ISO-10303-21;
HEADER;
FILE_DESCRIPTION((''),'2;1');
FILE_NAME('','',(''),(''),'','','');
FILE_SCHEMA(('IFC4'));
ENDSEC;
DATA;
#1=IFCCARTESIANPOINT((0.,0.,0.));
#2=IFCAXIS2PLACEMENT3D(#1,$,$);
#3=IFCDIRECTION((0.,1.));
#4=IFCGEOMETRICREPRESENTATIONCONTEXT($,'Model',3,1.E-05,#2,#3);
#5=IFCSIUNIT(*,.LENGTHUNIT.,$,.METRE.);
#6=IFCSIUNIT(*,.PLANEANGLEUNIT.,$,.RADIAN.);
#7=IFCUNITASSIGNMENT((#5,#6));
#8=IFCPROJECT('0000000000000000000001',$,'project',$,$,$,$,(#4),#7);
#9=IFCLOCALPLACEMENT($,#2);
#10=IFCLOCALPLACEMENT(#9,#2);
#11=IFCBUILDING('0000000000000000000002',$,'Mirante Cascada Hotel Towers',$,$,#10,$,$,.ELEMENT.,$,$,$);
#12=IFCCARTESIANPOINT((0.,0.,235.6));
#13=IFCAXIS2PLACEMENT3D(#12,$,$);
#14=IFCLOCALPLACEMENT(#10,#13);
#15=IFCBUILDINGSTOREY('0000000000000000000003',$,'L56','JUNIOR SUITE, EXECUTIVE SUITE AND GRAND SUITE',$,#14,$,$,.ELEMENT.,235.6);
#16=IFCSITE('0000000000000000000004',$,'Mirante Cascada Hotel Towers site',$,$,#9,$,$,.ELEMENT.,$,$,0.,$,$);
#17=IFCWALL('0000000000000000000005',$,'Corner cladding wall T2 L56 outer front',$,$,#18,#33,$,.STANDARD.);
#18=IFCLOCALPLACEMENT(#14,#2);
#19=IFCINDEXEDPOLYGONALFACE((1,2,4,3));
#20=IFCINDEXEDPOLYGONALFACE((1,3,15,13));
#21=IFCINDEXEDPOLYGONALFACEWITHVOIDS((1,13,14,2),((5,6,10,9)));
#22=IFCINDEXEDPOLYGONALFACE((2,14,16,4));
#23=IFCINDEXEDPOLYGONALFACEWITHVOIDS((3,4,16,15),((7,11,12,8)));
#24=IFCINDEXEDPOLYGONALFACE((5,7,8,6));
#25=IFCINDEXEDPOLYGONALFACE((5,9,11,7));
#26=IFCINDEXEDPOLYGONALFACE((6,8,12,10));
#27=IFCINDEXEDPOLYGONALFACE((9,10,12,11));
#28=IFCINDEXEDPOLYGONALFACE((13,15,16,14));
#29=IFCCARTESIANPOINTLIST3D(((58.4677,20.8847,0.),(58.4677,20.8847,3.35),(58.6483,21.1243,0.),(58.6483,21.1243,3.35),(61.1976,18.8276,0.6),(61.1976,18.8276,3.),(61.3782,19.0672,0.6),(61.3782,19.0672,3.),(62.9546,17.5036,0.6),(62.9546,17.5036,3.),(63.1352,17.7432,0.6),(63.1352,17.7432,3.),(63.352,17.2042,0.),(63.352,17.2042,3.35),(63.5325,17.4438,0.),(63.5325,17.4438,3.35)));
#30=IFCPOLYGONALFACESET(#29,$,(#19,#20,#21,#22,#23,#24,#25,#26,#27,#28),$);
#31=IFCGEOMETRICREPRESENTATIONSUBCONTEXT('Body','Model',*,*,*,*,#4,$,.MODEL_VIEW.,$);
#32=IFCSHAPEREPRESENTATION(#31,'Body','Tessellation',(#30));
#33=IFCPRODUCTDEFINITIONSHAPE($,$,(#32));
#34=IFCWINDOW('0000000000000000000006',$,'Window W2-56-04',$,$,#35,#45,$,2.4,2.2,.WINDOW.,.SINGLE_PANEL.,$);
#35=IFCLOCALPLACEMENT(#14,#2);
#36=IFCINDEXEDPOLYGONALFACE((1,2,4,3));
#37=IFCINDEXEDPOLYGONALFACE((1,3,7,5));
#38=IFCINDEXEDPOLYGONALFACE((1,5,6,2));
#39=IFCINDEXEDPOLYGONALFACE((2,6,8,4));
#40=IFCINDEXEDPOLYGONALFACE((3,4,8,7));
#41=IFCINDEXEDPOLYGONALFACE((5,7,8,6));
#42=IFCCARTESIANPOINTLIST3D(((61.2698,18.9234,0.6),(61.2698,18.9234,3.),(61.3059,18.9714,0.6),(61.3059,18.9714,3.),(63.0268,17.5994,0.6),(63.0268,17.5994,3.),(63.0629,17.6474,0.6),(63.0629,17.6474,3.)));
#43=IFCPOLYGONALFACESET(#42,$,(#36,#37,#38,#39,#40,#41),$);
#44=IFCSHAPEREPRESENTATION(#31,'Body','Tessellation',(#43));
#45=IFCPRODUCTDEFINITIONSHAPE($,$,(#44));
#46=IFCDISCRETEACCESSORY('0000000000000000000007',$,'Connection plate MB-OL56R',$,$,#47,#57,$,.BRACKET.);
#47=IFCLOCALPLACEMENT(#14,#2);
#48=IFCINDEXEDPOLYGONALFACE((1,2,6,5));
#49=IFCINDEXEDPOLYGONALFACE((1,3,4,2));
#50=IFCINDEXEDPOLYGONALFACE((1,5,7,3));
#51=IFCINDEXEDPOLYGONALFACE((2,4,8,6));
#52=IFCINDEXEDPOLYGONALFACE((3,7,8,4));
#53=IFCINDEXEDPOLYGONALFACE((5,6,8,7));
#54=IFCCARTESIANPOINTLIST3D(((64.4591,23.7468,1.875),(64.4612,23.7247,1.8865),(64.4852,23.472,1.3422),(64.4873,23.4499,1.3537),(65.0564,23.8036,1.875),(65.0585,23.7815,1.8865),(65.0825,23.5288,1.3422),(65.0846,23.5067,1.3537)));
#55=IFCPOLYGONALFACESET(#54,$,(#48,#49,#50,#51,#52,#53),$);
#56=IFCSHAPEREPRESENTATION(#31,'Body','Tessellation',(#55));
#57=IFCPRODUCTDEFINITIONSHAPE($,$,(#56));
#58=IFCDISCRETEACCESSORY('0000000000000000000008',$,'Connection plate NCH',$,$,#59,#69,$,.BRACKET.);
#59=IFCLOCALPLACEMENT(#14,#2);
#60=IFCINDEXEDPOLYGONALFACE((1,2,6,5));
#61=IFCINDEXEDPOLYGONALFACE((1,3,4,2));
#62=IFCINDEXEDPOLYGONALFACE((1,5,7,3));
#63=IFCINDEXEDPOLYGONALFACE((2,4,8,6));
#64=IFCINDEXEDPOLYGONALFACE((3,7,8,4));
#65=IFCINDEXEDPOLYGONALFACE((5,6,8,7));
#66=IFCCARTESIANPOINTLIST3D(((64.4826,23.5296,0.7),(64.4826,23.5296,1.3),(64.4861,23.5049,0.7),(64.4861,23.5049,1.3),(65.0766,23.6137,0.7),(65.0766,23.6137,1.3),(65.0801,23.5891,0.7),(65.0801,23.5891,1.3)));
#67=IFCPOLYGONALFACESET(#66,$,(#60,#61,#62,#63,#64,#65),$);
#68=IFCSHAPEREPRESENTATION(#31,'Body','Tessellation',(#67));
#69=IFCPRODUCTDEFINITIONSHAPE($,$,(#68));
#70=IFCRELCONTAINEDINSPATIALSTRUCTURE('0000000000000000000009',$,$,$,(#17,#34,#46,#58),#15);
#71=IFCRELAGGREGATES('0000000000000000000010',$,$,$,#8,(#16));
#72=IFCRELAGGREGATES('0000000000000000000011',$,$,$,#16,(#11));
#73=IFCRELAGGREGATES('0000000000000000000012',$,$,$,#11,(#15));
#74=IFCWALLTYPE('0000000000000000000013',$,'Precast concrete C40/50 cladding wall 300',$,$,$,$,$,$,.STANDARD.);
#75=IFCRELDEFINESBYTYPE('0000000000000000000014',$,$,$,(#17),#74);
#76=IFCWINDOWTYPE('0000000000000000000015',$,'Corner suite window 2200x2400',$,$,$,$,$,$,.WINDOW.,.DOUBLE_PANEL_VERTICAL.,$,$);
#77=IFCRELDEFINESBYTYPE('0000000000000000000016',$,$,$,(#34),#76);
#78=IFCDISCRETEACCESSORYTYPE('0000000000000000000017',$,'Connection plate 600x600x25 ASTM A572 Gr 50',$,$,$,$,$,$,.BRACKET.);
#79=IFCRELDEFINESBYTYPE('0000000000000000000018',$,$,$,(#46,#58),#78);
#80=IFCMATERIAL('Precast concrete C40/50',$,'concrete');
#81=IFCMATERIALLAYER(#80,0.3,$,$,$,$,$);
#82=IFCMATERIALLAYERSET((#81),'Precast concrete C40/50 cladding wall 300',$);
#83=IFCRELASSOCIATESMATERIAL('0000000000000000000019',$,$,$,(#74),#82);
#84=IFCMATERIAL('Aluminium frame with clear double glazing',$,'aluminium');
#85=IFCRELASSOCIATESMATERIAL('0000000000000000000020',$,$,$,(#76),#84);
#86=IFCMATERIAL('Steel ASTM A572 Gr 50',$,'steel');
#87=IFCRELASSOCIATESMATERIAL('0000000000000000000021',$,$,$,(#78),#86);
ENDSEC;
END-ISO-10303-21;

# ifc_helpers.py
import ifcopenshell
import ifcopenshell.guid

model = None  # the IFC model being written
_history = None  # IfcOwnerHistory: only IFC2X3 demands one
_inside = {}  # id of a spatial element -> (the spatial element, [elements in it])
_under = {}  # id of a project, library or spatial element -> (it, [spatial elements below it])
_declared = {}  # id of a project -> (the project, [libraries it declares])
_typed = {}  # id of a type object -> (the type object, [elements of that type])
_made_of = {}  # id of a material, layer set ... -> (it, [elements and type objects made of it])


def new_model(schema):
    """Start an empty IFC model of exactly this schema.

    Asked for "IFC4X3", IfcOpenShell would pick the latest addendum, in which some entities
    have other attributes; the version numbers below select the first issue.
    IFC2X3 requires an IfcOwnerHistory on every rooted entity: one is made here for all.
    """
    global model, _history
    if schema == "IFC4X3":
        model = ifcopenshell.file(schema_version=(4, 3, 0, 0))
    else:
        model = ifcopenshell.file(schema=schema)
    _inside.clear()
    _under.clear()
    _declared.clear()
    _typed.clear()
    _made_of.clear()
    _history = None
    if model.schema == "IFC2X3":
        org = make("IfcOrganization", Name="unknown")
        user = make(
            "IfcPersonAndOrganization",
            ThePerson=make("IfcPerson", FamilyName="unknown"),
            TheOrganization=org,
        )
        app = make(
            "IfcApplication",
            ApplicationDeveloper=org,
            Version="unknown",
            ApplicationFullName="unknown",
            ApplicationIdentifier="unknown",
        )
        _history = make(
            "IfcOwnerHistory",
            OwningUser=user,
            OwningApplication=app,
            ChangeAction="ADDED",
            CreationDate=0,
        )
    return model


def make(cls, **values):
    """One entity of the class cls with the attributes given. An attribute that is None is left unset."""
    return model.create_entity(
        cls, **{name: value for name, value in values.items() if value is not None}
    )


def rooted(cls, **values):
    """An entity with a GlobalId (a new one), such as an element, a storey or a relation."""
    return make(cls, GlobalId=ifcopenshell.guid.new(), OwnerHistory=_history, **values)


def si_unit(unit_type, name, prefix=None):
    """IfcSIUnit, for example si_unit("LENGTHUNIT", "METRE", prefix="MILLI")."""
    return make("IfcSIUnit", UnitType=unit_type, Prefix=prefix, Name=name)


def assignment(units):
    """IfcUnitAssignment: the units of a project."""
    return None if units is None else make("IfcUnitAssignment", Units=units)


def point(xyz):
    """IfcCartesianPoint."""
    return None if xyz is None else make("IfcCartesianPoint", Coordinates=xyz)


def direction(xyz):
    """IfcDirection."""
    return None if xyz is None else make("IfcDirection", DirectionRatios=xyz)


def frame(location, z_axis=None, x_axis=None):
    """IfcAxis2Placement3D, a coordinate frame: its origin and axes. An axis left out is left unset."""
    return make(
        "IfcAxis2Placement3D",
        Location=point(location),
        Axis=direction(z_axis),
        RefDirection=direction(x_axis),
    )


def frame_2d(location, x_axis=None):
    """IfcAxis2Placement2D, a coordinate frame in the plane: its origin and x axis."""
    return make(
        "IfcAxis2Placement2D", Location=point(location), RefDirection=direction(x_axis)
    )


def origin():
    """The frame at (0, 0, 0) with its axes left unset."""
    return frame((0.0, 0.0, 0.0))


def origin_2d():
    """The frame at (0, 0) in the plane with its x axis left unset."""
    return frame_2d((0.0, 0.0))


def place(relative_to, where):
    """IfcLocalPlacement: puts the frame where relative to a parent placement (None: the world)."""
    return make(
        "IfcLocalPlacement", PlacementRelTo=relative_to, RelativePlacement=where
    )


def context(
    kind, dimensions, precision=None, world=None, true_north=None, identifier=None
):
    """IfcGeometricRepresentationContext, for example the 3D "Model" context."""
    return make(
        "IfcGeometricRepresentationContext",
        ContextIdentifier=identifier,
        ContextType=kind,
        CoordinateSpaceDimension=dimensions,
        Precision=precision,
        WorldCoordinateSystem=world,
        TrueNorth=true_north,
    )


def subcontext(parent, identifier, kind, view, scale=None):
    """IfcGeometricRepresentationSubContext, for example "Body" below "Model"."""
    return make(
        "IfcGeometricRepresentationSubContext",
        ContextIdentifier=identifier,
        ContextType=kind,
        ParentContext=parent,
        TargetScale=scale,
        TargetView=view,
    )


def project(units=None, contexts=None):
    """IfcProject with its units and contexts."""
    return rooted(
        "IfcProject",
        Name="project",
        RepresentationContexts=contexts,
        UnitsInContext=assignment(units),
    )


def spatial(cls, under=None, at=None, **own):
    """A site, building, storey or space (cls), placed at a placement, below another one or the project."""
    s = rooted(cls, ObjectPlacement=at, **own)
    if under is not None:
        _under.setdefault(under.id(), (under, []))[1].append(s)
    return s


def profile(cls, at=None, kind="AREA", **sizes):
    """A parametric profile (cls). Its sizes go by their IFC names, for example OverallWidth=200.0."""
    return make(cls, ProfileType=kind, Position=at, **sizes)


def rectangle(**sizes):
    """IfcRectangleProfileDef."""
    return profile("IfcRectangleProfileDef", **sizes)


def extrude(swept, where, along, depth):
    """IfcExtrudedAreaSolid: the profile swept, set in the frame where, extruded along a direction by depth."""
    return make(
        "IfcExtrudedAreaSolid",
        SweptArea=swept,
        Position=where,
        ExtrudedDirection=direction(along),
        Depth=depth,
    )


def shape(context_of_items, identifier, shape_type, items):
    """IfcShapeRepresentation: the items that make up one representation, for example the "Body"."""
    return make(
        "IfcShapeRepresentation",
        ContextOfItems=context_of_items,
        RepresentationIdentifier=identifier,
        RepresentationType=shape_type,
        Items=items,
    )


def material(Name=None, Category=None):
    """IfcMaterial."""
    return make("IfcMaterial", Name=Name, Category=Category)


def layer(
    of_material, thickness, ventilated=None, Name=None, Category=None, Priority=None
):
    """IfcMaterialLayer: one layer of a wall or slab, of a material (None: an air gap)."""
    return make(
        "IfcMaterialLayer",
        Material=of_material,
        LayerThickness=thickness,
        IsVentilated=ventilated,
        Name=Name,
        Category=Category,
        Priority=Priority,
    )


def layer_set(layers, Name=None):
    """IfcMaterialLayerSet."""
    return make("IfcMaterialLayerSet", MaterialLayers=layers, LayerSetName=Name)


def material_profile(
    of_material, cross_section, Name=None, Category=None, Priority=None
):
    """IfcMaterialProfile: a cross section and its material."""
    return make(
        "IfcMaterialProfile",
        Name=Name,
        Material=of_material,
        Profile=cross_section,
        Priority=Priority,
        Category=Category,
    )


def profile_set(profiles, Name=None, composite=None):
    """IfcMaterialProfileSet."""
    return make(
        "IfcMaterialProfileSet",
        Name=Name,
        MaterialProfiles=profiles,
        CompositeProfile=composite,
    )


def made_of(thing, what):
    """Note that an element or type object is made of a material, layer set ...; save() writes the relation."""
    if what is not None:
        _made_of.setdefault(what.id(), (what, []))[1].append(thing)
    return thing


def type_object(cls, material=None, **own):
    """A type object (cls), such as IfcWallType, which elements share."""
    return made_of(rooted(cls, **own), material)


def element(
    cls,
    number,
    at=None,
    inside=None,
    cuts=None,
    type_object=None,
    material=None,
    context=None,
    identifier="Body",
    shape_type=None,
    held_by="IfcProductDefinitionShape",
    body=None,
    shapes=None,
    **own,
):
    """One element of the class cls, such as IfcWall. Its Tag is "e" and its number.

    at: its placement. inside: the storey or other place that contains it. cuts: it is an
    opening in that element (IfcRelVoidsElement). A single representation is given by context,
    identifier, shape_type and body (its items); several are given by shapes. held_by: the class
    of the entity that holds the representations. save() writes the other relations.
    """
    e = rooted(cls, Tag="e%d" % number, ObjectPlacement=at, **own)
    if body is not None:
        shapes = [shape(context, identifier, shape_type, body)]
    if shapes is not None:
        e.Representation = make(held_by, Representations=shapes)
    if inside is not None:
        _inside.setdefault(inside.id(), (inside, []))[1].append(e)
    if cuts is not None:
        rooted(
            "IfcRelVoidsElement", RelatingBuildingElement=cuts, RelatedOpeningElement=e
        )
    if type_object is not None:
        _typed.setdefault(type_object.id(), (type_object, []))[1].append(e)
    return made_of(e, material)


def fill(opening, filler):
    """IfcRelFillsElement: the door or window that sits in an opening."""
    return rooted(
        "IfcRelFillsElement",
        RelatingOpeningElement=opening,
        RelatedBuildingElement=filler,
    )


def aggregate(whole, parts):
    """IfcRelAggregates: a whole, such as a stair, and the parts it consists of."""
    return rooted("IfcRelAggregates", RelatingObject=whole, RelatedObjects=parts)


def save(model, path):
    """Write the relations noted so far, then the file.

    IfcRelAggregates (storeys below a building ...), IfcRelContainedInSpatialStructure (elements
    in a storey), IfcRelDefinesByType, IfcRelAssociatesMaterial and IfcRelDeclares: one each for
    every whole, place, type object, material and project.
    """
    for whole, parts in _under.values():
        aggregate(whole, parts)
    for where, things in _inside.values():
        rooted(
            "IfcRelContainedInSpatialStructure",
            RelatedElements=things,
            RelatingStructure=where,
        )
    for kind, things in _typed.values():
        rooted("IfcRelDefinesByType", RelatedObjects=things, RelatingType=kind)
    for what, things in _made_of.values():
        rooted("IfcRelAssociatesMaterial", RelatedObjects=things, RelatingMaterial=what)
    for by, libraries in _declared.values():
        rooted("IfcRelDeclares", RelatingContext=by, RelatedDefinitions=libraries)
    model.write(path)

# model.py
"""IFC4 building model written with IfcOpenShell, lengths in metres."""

from ifc_helpers import new_model, si_unit, direction, frame, frame_2d, origin, origin_2d, place, context, subcontext, project, spatial, rectangle, extrude, material, layer, layer_set, material_profile, profile_set, type_object, element, fill, save


model = new_model("IFC4")

# Units and contexts
model_context = context("Model", 3, precision=1e-05, world=origin(), true_north=direction((0.0, 1.0)))
body_context = subcontext(model_context, "Body", "Model", "MODEL_VIEW")
ifc_project = project(units=[si_unit("LENGTHUNIT", "METRE"), si_unit("PLANEANGLEUNIT", "RADIAN")], contexts=[model_context])

# Site, building, storey
site_placement = place(None, origin())
site = spatial("IfcSite", under=ifc_project, at=site_placement, Name="Mirante Cascada Hotel Towers site", CompositionType="ELEMENT", RefElevation=0.0)
building_placement = place(site_placement, origin())
building = spatial("IfcBuilding", under=site, at=building_placement, Name="Mirante Cascada Hotel Towers", CompositionType="ELEMENT")
storey_placement = place(building_placement, frame((0.0, 0.0, 235.6)))
storey = spatial("IfcBuildingStorey", under=building, at=storey_placement, Name="L56", Description="JUNIOR SUITE, EXECUTIVE SUITE AND GRAND SUITE", CompositionType="ELEMENT", Elevation=235.6)

# Wall, opening, window
ifc_material_1 = material(Name="Precast concrete C40/50", Category="concrete")
ifc_layer_1 = layer(ifc_material_1, 0.3)
ifc_layer_set_1 = layer_set([ifc_layer_1], Name="Precast concrete C40/50 cladding wall 300")
wall_type_1 = type_object("IfcWallType", Name="Precast concrete C40/50 cladding wall 300", PredefinedType="STANDARD", material=ifc_layer_set_1)
wall_1_placement = place(storey_placement, frame((63.4422, 17.324, 0.0), z_axis=(0.0, 0.0, 1.0), x_axis=(-0.798636, 0.601814, 0.0)))
wall_1 = element("IfcWall", 1, at=wall_1_placement, inside=storey, type_object=wall_type_1, Name="Corner cladding wall T2 L56 outer front", PredefinedType="STANDARD", context=body_context, shape_type="SweptSolid", body=[
    extrude(rectangle(XDim=6.1157, YDim=0.3, at=frame_2d((3.0578, 0.0))), origin(), (0.0, 0.0, 1.0), 3.35),
])
opening_1_placement = place(wall_1_placement, frame((0.4975, 0.0, 0.6)))
opening_1 = element("IfcOpeningElement", 2, at=opening_1_placement, cuts=wall_1, PredefinedType="OPENING", context=body_context, shape_type="SweptSolid", body=[
    extrude(rectangle(XDim=2.2, YDim=2.4, at=frame_2d((1.1, 1.2))), frame((0.0, 0.15, 0.0), z_axis=(0.0, -1.0, 0.0), x_axis=(1.0, 0.0, 0.0)), (0.0, 0.0, 1.0), 0.3),
])
ifc_material_2 = material(Name="Aluminium frame with clear double glazing", Category="aluminium")
window_type = type_object("IfcWindowType", Name="Corner suite window 2200x2400", PartitioningType="DOUBLE_PANEL_VERTICAL", PredefinedType="WINDOW", material=ifc_material_2)
window_placement = place(opening_1_placement, origin())
window = element("IfcWindow", 3, at=window_placement, inside=storey, type_object=window_type, Name="Window W2-56-04", OverallHeight=2.4, OverallWidth=2.2, PartitioningType="SINGLE_PANEL", PredefinedType="WINDOW", context=body_context, shape_type="SweptSolid", body=[
    extrude(rectangle(XDim=2.2, YDim=2.4, at=frame_2d((1.1, 1.2))), frame((0.0, 0.03, 0.0), z_axis=(0.0, -1.0, 0.0), x_axis=(1.0, 0.0, 0.0)), (0.0, 0.0, 1.0), 0.06),
])
fill(opening_1, window)

# Discrete accessories
ifc_material_3 = material(Name="Steel ASTM A572 Gr 50", Category="steel")
ifc_material_profile_1 = material_profile(ifc_material_3, rectangle(XDim=0.6, YDim=0.6, at=origin_2d()), Name="Connection plate 600x600x25 ASTM A572 Gr 50")
ifc_profile_set_1 = profile_set([ifc_material_profile_1], Name="Steel ASTM A572 Gr 50")
discrete_accessory_type = type_object("IfcDiscreteAccessoryType", Name="Connection plate 600x600x25 ASTM A572 Gr 50", PredefinedType="BRACKET", material=ifc_profile_set_1)
discrete_accessory_1_placement = place(storey_placement, frame((64.7708, 23.6378, 1.6086), z_axis=(0.083995, -0.88395, 0.459974), x_axis=(0.995516, 0.094597, 0.0)))
element("IfcDiscreteAccessory", 4, at=discrete_accessory_1_placement, inside=storey, type_object=discrete_accessory_type, Name="Connection plate MB-OL56R", PredefinedType="BRACKET", context=body_context, shape_type="SweptSolid", body=[
    extrude(rectangle(XDim=0.6, YDim=0.6, at=origin_2d()), origin(), (0.0, 0.0, 1.0), 0.025),
])
discrete_accessory_2_placement = place(storey_placement, frame((64.7831, 23.547, 1.0), z_axis=(-0.140299, 0.990109, 0.0), x_axis=(-0.990109, -0.140299, 0.0)))
element("IfcDiscreteAccessory", 5, at=discrete_accessory_2_placement, inside=storey, type_object=discrete_accessory_type, Name="Connection plate NCH", PredefinedType="BRACKET", context=body_context, shape_type="SweptSolid", body=[
    extrude(rectangle(XDim=0.6, YDim=0.6, at=origin_2d()), origin(), (0.0, 0.0, 1.0), 0.0249),
])

save(model, "model.ifc")
